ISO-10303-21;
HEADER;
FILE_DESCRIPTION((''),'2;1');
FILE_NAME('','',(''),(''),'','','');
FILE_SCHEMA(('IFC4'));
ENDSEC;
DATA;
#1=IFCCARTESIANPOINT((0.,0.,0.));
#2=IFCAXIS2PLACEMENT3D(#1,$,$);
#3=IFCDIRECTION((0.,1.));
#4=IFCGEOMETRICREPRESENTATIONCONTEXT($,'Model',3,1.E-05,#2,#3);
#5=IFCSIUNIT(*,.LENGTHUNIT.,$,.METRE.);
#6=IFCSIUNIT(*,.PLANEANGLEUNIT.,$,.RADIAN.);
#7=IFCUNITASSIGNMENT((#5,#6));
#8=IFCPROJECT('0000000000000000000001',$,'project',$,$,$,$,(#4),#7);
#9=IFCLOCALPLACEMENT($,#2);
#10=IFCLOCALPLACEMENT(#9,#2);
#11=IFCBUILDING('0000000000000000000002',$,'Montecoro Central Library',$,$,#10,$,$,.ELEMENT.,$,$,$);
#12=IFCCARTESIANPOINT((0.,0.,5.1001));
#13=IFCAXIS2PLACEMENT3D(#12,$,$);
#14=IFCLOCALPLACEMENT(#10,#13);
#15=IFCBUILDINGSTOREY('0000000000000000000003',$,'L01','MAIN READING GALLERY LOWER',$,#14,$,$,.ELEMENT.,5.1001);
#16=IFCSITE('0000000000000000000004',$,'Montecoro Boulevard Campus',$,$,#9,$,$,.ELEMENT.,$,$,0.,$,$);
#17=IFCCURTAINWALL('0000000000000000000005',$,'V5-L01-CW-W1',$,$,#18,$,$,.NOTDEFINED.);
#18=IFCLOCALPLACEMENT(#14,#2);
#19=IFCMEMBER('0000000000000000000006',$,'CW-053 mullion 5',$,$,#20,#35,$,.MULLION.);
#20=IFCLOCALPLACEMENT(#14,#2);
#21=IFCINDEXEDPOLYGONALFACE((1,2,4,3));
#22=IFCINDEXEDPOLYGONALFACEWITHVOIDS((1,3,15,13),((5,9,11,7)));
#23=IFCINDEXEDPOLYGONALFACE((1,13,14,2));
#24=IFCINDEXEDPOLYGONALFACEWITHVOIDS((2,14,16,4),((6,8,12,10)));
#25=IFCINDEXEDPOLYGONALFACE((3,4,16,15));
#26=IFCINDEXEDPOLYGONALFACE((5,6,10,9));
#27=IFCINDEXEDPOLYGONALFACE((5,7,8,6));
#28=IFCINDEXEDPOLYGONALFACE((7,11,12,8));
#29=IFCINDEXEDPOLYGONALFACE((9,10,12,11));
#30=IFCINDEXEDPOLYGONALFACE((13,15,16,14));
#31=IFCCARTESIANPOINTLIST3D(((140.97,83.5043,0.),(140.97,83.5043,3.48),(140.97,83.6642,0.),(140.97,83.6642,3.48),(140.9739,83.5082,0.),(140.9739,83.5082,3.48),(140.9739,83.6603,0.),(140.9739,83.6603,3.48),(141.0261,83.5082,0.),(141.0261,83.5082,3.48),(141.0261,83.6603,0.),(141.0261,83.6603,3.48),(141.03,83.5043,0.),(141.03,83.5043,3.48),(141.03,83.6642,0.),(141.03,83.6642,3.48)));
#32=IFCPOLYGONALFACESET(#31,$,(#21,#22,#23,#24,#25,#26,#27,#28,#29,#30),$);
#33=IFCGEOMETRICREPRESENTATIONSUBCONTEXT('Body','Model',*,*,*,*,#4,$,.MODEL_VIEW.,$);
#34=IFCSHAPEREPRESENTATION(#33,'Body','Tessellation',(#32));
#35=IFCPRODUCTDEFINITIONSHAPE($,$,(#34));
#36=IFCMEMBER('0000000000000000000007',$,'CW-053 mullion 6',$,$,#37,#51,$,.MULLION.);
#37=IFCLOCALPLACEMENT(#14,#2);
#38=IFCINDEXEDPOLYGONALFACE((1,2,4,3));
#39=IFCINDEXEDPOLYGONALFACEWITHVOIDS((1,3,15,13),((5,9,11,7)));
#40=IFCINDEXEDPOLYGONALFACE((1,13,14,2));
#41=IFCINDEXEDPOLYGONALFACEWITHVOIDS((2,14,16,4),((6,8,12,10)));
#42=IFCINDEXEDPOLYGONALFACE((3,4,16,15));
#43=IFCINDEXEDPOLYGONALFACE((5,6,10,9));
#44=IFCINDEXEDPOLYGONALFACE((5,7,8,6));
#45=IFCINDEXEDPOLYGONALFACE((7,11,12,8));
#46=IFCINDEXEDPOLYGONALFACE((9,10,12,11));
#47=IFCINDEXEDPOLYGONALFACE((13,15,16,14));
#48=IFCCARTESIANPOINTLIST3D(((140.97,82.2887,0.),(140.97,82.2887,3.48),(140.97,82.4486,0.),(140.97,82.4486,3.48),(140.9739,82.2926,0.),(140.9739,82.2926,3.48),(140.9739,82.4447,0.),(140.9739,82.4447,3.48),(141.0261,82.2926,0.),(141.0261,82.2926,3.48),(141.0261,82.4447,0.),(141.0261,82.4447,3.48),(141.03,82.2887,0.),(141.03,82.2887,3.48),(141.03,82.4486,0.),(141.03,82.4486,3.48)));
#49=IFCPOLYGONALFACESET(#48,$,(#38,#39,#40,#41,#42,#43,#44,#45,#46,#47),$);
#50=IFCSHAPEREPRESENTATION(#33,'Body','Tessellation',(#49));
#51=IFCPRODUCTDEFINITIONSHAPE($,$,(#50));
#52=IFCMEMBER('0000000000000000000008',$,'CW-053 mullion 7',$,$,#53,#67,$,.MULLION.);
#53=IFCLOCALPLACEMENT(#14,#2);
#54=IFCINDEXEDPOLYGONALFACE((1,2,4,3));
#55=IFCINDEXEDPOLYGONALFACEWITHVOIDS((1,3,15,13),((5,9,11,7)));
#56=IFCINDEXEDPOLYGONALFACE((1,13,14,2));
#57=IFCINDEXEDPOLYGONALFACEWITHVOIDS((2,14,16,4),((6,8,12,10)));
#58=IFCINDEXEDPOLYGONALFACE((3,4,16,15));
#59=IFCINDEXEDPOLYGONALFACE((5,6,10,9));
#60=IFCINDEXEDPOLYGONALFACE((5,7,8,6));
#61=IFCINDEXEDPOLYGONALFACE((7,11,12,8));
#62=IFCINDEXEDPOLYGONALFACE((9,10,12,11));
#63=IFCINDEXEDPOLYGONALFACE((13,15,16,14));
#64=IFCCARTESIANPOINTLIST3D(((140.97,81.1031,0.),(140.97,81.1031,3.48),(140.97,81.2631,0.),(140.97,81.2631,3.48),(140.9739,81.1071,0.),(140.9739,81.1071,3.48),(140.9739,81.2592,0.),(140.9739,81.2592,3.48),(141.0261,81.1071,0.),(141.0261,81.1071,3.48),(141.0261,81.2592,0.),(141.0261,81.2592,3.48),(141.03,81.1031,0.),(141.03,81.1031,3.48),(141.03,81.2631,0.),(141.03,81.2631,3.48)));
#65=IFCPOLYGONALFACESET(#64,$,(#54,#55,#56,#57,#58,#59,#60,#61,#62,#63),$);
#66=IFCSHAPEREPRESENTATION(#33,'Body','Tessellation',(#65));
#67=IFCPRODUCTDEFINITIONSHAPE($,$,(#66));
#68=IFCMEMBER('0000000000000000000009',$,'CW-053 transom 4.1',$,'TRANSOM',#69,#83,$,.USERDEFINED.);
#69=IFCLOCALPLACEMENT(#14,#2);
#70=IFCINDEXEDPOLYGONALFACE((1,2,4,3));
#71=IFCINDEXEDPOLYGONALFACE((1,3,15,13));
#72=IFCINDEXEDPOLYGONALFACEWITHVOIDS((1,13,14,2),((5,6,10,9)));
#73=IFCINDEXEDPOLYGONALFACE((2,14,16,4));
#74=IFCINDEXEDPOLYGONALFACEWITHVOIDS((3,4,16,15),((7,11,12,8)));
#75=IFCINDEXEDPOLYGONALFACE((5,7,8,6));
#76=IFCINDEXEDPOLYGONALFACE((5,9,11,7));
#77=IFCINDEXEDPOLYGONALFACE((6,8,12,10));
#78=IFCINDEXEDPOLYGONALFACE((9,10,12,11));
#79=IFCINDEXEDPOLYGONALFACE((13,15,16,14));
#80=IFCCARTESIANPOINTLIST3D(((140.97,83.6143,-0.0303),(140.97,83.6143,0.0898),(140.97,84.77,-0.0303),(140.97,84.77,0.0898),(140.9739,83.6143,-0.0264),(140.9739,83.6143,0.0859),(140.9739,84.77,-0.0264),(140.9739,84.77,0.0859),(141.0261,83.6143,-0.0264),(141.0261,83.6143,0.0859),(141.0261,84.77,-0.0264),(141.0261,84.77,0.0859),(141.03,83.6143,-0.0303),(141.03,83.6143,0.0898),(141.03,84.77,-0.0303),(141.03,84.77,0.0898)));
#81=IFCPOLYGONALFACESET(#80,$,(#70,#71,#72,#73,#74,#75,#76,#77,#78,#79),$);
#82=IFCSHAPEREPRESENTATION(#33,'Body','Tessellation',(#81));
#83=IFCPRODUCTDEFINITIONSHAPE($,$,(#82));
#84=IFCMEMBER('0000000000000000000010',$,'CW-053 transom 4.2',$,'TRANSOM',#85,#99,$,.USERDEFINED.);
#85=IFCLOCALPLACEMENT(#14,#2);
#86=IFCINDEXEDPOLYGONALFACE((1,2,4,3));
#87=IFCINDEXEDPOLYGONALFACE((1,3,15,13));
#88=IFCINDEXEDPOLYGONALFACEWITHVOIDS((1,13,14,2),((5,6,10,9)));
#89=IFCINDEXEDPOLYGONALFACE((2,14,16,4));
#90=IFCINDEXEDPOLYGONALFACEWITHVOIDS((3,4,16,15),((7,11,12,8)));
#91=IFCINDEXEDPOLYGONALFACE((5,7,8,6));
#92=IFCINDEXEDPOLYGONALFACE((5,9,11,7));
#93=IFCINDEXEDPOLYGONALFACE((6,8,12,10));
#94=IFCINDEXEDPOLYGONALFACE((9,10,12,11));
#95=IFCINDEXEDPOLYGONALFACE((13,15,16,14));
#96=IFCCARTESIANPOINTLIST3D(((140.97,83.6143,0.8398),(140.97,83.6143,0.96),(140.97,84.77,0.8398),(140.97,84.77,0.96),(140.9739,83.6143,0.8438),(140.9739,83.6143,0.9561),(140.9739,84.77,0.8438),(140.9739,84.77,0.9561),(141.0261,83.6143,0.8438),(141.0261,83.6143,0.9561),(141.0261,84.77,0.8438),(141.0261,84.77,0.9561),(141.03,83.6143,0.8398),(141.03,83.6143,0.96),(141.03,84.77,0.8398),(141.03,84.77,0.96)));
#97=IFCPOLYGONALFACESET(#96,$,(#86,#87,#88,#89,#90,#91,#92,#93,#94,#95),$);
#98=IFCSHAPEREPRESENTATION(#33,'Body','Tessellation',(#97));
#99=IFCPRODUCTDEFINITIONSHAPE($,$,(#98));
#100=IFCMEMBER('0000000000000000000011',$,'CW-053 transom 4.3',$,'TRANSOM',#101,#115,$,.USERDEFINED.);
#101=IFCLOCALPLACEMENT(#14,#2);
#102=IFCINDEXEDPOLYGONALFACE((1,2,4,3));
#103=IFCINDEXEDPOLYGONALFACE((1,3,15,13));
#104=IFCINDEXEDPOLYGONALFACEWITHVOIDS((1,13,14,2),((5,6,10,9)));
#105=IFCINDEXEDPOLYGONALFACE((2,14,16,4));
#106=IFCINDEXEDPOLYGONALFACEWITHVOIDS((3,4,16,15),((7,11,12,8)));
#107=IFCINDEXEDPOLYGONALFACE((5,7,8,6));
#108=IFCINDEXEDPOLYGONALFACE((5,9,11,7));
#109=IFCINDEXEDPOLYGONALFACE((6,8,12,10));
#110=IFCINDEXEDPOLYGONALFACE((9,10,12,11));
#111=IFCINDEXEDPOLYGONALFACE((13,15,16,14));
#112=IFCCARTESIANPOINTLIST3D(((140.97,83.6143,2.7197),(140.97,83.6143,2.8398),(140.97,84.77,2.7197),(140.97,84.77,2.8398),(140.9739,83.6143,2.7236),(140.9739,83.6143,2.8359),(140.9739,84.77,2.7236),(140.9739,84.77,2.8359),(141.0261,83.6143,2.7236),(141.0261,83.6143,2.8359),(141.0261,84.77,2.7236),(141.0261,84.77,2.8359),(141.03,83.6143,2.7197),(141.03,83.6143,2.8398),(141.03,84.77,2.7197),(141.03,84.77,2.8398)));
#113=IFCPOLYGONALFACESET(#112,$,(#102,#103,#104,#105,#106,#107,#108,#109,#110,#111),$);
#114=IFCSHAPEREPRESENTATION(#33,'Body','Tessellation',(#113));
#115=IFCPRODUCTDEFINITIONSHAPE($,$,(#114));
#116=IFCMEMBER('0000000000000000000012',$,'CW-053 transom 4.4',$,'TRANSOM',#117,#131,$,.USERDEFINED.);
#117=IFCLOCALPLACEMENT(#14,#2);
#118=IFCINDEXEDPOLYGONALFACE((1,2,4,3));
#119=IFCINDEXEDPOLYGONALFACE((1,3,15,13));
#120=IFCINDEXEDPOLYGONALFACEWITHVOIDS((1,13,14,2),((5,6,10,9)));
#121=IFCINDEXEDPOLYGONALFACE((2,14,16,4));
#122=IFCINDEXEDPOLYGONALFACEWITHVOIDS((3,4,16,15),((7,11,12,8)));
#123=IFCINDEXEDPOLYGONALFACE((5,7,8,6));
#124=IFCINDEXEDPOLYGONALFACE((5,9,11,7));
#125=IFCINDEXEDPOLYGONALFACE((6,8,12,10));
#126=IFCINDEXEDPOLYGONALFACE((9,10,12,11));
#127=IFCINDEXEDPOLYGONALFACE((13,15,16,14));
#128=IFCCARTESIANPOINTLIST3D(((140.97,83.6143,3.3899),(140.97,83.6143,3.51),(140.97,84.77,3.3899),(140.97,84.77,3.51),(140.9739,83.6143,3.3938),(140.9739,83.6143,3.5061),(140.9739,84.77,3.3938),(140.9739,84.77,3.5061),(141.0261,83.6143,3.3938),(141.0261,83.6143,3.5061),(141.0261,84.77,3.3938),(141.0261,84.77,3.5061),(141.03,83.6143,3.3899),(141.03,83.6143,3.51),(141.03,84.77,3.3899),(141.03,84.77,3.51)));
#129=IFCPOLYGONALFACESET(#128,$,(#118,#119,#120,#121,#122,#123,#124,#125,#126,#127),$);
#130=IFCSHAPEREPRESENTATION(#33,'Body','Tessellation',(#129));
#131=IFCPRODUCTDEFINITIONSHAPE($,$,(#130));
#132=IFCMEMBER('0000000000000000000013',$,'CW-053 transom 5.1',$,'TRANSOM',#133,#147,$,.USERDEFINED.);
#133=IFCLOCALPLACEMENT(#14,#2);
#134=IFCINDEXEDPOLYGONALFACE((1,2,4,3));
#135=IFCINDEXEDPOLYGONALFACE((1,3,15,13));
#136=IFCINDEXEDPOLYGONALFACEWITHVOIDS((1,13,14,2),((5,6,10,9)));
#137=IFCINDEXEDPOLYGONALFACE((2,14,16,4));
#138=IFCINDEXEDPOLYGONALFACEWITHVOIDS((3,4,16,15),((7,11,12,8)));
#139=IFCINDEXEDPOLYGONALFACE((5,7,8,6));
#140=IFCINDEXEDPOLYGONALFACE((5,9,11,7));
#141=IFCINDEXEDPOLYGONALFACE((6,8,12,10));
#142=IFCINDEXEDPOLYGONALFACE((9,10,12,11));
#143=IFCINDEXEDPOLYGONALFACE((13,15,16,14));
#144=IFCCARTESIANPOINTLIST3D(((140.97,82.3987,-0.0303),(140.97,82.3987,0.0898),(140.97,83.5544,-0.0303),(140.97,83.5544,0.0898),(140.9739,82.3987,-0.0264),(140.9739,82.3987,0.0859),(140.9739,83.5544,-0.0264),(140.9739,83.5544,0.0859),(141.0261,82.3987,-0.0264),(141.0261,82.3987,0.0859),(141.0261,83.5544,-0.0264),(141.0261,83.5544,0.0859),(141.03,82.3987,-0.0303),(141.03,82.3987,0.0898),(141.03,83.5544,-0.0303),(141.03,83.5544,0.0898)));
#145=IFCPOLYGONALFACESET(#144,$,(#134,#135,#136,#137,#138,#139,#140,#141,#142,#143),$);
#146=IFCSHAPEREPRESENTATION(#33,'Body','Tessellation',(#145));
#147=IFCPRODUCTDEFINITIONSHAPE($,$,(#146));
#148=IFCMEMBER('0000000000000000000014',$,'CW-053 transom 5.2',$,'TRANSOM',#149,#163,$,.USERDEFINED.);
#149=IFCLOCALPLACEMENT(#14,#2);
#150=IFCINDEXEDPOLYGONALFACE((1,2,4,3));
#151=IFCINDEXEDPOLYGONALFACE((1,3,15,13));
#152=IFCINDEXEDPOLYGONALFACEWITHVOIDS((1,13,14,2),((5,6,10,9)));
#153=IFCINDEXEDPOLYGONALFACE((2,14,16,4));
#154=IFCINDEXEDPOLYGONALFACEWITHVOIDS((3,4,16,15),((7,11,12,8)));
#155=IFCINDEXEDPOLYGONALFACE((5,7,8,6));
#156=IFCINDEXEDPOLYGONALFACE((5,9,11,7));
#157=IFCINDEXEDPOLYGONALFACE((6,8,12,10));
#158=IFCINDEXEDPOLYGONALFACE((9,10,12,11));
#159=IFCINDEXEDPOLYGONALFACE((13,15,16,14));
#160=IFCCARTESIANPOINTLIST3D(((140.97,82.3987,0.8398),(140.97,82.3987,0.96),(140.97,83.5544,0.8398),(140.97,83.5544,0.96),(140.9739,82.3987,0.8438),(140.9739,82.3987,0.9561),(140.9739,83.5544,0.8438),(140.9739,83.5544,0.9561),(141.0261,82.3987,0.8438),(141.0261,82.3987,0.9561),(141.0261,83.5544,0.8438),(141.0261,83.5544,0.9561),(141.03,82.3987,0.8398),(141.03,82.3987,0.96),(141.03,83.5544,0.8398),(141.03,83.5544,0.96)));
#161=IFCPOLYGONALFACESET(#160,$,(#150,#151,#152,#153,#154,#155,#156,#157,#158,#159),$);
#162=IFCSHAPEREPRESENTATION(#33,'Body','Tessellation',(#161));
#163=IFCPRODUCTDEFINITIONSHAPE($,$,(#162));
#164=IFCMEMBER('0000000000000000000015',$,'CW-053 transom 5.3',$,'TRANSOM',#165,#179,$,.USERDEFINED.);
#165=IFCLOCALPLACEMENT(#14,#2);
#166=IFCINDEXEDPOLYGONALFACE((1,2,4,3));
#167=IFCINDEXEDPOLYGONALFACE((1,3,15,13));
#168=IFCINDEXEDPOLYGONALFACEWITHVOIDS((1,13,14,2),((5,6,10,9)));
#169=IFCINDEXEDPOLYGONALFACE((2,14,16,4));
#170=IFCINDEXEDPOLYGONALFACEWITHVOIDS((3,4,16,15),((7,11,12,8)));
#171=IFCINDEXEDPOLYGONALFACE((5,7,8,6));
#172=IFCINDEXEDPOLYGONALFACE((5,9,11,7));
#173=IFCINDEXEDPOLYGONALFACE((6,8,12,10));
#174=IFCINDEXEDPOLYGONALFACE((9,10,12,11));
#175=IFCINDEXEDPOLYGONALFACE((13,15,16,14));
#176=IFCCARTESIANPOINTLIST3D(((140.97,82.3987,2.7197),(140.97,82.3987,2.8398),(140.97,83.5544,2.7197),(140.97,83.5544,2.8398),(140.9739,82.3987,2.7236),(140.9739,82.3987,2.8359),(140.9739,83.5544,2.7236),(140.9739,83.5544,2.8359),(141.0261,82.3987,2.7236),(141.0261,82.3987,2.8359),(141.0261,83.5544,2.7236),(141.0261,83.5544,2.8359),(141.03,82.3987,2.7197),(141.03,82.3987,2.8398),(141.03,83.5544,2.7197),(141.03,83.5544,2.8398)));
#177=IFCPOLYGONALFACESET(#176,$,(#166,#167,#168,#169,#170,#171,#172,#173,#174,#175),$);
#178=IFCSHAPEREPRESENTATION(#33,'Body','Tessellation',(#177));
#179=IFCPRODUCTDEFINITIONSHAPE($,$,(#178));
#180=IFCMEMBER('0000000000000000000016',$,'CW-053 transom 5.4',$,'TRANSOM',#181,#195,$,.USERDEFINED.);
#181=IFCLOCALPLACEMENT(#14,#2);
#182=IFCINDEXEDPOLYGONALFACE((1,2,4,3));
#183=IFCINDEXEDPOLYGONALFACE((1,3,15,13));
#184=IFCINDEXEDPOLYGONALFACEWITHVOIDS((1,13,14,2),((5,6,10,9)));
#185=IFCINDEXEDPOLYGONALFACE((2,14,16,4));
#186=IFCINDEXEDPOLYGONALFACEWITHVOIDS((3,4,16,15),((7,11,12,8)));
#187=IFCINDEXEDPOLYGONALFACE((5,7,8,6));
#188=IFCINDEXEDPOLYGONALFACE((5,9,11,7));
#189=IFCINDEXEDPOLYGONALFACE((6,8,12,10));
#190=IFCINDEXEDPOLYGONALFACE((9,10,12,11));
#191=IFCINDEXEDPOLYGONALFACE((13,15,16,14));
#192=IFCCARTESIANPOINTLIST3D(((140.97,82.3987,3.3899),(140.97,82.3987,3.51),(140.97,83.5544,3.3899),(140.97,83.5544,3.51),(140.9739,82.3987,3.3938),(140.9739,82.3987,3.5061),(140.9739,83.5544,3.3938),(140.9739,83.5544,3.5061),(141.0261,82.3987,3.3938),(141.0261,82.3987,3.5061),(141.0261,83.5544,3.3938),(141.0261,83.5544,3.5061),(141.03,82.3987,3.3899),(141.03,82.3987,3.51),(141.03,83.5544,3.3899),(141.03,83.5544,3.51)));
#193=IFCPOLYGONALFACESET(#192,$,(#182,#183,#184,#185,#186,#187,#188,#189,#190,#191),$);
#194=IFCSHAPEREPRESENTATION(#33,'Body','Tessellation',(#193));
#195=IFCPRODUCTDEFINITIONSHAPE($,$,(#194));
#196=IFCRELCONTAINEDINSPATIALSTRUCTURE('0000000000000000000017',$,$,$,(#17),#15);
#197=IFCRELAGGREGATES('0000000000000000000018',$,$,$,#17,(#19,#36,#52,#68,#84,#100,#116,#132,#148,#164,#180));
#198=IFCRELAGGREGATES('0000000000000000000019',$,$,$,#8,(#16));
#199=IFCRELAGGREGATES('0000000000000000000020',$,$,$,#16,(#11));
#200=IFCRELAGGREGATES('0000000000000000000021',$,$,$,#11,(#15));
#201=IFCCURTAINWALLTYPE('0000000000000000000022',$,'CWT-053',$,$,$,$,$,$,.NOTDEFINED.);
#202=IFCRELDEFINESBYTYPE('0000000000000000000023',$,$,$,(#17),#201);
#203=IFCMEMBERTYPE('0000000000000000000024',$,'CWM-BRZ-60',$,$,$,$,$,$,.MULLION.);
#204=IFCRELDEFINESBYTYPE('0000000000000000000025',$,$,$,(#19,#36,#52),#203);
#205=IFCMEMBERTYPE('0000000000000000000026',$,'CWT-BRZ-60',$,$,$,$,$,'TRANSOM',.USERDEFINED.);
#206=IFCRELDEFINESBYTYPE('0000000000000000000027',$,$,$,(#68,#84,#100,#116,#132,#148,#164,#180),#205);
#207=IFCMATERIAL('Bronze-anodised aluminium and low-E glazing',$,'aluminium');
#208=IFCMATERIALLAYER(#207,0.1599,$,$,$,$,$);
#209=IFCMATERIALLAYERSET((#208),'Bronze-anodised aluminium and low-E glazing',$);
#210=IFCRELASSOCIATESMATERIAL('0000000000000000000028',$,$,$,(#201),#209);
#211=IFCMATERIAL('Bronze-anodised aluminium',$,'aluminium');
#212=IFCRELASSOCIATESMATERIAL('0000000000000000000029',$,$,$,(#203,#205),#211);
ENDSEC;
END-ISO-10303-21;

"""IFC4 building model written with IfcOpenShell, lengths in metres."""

from ifc_helpers import new_model, si_unit, direction, frame, origin, origin_2d, place, context, subcontext, project, spatial, hollow_rectangle, extrude, material, layer, layer_set, material_profile, profile_set, type_object, element, aggregate, save


model = new_model("IFC4")

# Units and contexts
model_context = context("Model", 3, precision=1e-05, world=origin(), true_north=direction((0.0, 1.0)))
body_context = subcontext(model_context, "Body", "Model", "MODEL_VIEW")
ifc_project = project(units=[si_unit("LENGTHUNIT", "METRE"), si_unit("PLANEANGLEUNIT", "RADIAN")], contexts=[model_context])

# Site, building, storey
site_placement = place(None, origin())
site = spatial("IfcSite", under=ifc_project, at=site_placement, Name="Montecoro Boulevard Campus", CompositionType="ELEMENT", RefElevation=0.0)
building_placement = place(site_placement, origin())
building = spatial("IfcBuilding", under=site, at=building_placement, Name="Montecoro Central Library", CompositionType="ELEMENT")
storey_placement = place(building_placement, frame((0.0, 0.0, 5.1001)))
storey = spatial("IfcBuildingStorey", under=building, at=storey_placement, Name="L01", Description="MAIN READING GALLERY LOWER", CompositionType="ELEMENT", Elevation=5.1001)

# Curtain wall, members
ifc_material_1 = material(Name="Bronze-anodised aluminium and low-E glazing", Category="aluminium")
ifc_layer_1 = layer(ifc_material_1, 0.1599)
ifc_layer_set_1 = layer_set([ifc_layer_1], Name="Bronze-anodised aluminium and low-E glazing")
curtain_wall_type = type_object("IfcCurtainWallType", Name="CWT-053", PredefinedType="NOTDEFINED", material=ifc_layer_set_1)
curtain_wall_placement = place(storey_placement, origin())
curtain_wall = element("IfcCurtainWall", 1, at=curtain_wall_placement, inside=storey, type_object=curtain_wall_type, Name="V5-L01-CW-W1", PredefinedType="NOTDEFINED")
ifc_material_2 = material(Name="Bronze-anodised aluminium", Category="aluminium")
ifc_material_profile_1 = material_profile(ifc_material_2, hollow_rectangle(XDim=0.0601, YDim=0.1599, WallThickness=0.0039, at=origin_2d()), Name="CWM 160x60x4.0")
ifc_profile_set_1 = profile_set([ifc_material_profile_1], Name="Bronze-anodised aluminium")
member_type_1 = type_object("IfcMemberType", Name="CWM-BRZ-60", PredefinedType="MULLION", material=ifc_profile_set_1)
member_1_placement = place(storey_placement, frame((141.0, 83.5842, 0.0), z_axis=(0.0, 0.0, 1.0), x_axis=(1.0, 0.0, 0.0)))
member_1 = element("IfcMember", 2, at=member_1_placement, type_object=member_type_1, Name="CW-053 mullion 5", PredefinedType="MULLION", context=body_context, shape_type="SweptSolid", body=[
    extrude(hollow_rectangle(XDim=0.0601, YDim=0.1599, WallThickness=0.0039, at=origin_2d()), origin(), (0.0, 0.0, 1.0), 3.48),
])
member_2_placement = place(storey_placement, frame((141.0, 82.3687, 0.0), z_axis=(0.0, 0.0, 1.0), x_axis=(1.0, 0.0, 0.0)))
member_2 = element("IfcMember", 3, at=member_2_placement, type_object=member_type_1, Name="CW-053 mullion 6", PredefinedType="MULLION", context=body_context, shape_type="SweptSolid", body=[
    extrude(hollow_rectangle(XDim=0.0601, YDim=0.1599, WallThickness=0.0039, at=origin_2d()), origin(), (0.0, 0.0, 1.0), 3.48),
])
member_3_placement = place(storey_placement, frame((141.0, 81.1831, 0.0), z_axis=(0.0, 0.0, 1.0), x_axis=(1.0, 0.0, 0.0)))
member_3 = element("IfcMember", 4, at=member_3_placement, type_object=member_type_1, Name="CW-053 mullion 7", PredefinedType="MULLION", context=body_context, shape_type="SweptSolid", body=[
    extrude(hollow_rectangle(XDim=0.0601, YDim=0.1599, WallThickness=0.0039, at=origin_2d()), origin(), (0.0, 0.0, 1.0), 3.48),
])
ifc_material_profile_2 = material_profile(ifc_material_2, hollow_rectangle(XDim=0.0601, YDim=0.1201, WallThickness=0.0039, at=origin_2d()), Name="CWT 120x60x4.0")
ifc_profile_set_2 = profile_set([ifc_material_profile_2], Name="Bronze-anodised aluminium")
member_type_2 = type_object("IfcMemberType", Name="CWT-BRZ-60", ElementType="TRANSOM", PredefinedType="USERDEFINED", material=ifc_profile_set_2)
member_4_placement = place(storey_placement, frame((141.0, 84.77, 0.0298), z_axis=(0.0, -1.0, 0.0), x_axis=(1.0, 0.0, 0.0)))
member_4 = element("IfcMember", 5, at=member_4_placement, type_object=member_type_2, Name="CW-053 transom 4.1", ObjectType="TRANSOM", PredefinedType="USERDEFINED", context=body_context, shape_type="SweptSolid", body=[
    extrude(hollow_rectangle(XDim=0.0601, YDim=0.1201, WallThickness=0.0039, at=origin_2d()), origin(), (0.0, 0.0, 1.0), 1.1558),
])
member_5_placement = place(storey_placement, frame((141.0, 84.77, 0.8999), z_axis=(0.0, -1.0, 0.0), x_axis=(1.0, 0.0, 0.0)))
member_5 = element("IfcMember", 6, at=member_5_placement, type_object=member_type_2, Name="CW-053 transom 4.2", ObjectType="TRANSOM", PredefinedType="USERDEFINED", context=body_context, shape_type="SweptSolid", body=[
    extrude(hollow_rectangle(XDim=0.0601, YDim=0.1201, WallThickness=0.0039, at=origin_2d()), origin(), (0.0, 0.0, 1.0), 1.1558),
])
member_6_placement = place(storey_placement, frame((141.0, 84.77, 2.7798), z_axis=(0.0, -1.0, 0.0), x_axis=(1.0, 0.0, 0.0)))
member_6 = element("IfcMember", 7, at=member_6_placement, type_object=member_type_2, Name="CW-053 transom 4.3", ObjectType="TRANSOM", PredefinedType="USERDEFINED", context=body_context, shape_type="SweptSolid", body=[
    extrude(hollow_rectangle(XDim=0.0601, YDim=0.1201, WallThickness=0.0039, at=origin_2d()), origin(), (0.0, 0.0, 1.0), 1.1558),
])
member_7_placement = place(storey_placement, frame((141.0, 84.77, 3.45), z_axis=(0.0, -1.0, 0.0), x_axis=(1.0, 0.0, 0.0)))
member_7 = element("IfcMember", 8, at=member_7_placement, type_object=member_type_2, Name="CW-053 transom 4.4", ObjectType="TRANSOM", PredefinedType="USERDEFINED", context=body_context, shape_type="SweptSolid", body=[
    extrude(hollow_rectangle(XDim=0.0601, YDim=0.1201, WallThickness=0.0039, at=origin_2d()), origin(), (0.0, 0.0, 1.0), 1.1558),
])
member_8_placement = place(storey_placement, frame((141.0, 83.5544, 0.0298), z_axis=(0.0, -1.0, 0.0), x_axis=(1.0, 0.0, 0.0)))
member_8 = element("IfcMember", 9, at=member_8_placement, type_object=member_type_2, Name="CW-053 transom 5.1", ObjectType="TRANSOM", PredefinedType="USERDEFINED", context=body_context, shape_type="SweptSolid", body=[
    extrude(hollow_rectangle(XDim=0.0601, YDim=0.1201, WallThickness=0.0039, at=origin_2d()), origin(), (0.0, 0.0, 1.0), 1.1558),
])
member_9_placement = place(storey_placement, frame((141.0, 83.5544, 0.8999), z_axis=(0.0, -1.0, 0.0), x_axis=(1.0, 0.0, 0.0)))
member_9 = element("IfcMember", 10, at=member_9_placement, type_object=member_type_2, Name="CW-053 transom 5.2", ObjectType="TRANSOM", PredefinedType="USERDEFINED", context=body_context, shape_type="SweptSolid", body=[
    extrude(hollow_rectangle(XDim=0.0601, YDim=0.1201, WallThickness=0.0039, at=origin_2d()), origin(), (0.0, 0.0, 1.0), 1.1558),
])
member_10_placement = place(storey_placement, frame((141.0, 83.5544, 2.7798), z_axis=(0.0, -1.0, 0.0), x_axis=(1.0, 0.0, 0.0)))
member_10 = element("IfcMember", 11, at=member_10_placement, type_object=member_type_2, Name="CW-053 transom 5.3", ObjectType="TRANSOM", PredefinedType="USERDEFINED", context=body_context, shape_type="SweptSolid", body=[
    extrude(hollow_rectangle(XDim=0.0601, YDim=0.1201, WallThickness=0.0039, at=origin_2d()), origin(), (0.0, 0.0, 1.0), 1.1558),
])
member_11_placement = place(storey_placement, frame((141.0, 83.5544, 3.45), z_axis=(0.0, -1.0, 0.0), x_axis=(1.0, 0.0, 0.0)))
member_11 = element("IfcMember", 12, at=member_11_placement, type_object=member_type_2, Name="CW-053 transom 5.4", ObjectType="TRANSOM", PredefinedType="USERDEFINED", context=body_context, shape_type="SweptSolid", body=[
    extrude(hollow_rectangle(XDim=0.0601, YDim=0.1201, WallThickness=0.0039, at=origin_2d()), origin(), (0.0, 0.0, 1.0), 1.1558),
])
aggregate(curtain_wall, [member_1, member_2, member_3, member_4, member_5, member_6, member_7, member_8, member_9, member_10, member_11])

save(model, "model.ifc")
